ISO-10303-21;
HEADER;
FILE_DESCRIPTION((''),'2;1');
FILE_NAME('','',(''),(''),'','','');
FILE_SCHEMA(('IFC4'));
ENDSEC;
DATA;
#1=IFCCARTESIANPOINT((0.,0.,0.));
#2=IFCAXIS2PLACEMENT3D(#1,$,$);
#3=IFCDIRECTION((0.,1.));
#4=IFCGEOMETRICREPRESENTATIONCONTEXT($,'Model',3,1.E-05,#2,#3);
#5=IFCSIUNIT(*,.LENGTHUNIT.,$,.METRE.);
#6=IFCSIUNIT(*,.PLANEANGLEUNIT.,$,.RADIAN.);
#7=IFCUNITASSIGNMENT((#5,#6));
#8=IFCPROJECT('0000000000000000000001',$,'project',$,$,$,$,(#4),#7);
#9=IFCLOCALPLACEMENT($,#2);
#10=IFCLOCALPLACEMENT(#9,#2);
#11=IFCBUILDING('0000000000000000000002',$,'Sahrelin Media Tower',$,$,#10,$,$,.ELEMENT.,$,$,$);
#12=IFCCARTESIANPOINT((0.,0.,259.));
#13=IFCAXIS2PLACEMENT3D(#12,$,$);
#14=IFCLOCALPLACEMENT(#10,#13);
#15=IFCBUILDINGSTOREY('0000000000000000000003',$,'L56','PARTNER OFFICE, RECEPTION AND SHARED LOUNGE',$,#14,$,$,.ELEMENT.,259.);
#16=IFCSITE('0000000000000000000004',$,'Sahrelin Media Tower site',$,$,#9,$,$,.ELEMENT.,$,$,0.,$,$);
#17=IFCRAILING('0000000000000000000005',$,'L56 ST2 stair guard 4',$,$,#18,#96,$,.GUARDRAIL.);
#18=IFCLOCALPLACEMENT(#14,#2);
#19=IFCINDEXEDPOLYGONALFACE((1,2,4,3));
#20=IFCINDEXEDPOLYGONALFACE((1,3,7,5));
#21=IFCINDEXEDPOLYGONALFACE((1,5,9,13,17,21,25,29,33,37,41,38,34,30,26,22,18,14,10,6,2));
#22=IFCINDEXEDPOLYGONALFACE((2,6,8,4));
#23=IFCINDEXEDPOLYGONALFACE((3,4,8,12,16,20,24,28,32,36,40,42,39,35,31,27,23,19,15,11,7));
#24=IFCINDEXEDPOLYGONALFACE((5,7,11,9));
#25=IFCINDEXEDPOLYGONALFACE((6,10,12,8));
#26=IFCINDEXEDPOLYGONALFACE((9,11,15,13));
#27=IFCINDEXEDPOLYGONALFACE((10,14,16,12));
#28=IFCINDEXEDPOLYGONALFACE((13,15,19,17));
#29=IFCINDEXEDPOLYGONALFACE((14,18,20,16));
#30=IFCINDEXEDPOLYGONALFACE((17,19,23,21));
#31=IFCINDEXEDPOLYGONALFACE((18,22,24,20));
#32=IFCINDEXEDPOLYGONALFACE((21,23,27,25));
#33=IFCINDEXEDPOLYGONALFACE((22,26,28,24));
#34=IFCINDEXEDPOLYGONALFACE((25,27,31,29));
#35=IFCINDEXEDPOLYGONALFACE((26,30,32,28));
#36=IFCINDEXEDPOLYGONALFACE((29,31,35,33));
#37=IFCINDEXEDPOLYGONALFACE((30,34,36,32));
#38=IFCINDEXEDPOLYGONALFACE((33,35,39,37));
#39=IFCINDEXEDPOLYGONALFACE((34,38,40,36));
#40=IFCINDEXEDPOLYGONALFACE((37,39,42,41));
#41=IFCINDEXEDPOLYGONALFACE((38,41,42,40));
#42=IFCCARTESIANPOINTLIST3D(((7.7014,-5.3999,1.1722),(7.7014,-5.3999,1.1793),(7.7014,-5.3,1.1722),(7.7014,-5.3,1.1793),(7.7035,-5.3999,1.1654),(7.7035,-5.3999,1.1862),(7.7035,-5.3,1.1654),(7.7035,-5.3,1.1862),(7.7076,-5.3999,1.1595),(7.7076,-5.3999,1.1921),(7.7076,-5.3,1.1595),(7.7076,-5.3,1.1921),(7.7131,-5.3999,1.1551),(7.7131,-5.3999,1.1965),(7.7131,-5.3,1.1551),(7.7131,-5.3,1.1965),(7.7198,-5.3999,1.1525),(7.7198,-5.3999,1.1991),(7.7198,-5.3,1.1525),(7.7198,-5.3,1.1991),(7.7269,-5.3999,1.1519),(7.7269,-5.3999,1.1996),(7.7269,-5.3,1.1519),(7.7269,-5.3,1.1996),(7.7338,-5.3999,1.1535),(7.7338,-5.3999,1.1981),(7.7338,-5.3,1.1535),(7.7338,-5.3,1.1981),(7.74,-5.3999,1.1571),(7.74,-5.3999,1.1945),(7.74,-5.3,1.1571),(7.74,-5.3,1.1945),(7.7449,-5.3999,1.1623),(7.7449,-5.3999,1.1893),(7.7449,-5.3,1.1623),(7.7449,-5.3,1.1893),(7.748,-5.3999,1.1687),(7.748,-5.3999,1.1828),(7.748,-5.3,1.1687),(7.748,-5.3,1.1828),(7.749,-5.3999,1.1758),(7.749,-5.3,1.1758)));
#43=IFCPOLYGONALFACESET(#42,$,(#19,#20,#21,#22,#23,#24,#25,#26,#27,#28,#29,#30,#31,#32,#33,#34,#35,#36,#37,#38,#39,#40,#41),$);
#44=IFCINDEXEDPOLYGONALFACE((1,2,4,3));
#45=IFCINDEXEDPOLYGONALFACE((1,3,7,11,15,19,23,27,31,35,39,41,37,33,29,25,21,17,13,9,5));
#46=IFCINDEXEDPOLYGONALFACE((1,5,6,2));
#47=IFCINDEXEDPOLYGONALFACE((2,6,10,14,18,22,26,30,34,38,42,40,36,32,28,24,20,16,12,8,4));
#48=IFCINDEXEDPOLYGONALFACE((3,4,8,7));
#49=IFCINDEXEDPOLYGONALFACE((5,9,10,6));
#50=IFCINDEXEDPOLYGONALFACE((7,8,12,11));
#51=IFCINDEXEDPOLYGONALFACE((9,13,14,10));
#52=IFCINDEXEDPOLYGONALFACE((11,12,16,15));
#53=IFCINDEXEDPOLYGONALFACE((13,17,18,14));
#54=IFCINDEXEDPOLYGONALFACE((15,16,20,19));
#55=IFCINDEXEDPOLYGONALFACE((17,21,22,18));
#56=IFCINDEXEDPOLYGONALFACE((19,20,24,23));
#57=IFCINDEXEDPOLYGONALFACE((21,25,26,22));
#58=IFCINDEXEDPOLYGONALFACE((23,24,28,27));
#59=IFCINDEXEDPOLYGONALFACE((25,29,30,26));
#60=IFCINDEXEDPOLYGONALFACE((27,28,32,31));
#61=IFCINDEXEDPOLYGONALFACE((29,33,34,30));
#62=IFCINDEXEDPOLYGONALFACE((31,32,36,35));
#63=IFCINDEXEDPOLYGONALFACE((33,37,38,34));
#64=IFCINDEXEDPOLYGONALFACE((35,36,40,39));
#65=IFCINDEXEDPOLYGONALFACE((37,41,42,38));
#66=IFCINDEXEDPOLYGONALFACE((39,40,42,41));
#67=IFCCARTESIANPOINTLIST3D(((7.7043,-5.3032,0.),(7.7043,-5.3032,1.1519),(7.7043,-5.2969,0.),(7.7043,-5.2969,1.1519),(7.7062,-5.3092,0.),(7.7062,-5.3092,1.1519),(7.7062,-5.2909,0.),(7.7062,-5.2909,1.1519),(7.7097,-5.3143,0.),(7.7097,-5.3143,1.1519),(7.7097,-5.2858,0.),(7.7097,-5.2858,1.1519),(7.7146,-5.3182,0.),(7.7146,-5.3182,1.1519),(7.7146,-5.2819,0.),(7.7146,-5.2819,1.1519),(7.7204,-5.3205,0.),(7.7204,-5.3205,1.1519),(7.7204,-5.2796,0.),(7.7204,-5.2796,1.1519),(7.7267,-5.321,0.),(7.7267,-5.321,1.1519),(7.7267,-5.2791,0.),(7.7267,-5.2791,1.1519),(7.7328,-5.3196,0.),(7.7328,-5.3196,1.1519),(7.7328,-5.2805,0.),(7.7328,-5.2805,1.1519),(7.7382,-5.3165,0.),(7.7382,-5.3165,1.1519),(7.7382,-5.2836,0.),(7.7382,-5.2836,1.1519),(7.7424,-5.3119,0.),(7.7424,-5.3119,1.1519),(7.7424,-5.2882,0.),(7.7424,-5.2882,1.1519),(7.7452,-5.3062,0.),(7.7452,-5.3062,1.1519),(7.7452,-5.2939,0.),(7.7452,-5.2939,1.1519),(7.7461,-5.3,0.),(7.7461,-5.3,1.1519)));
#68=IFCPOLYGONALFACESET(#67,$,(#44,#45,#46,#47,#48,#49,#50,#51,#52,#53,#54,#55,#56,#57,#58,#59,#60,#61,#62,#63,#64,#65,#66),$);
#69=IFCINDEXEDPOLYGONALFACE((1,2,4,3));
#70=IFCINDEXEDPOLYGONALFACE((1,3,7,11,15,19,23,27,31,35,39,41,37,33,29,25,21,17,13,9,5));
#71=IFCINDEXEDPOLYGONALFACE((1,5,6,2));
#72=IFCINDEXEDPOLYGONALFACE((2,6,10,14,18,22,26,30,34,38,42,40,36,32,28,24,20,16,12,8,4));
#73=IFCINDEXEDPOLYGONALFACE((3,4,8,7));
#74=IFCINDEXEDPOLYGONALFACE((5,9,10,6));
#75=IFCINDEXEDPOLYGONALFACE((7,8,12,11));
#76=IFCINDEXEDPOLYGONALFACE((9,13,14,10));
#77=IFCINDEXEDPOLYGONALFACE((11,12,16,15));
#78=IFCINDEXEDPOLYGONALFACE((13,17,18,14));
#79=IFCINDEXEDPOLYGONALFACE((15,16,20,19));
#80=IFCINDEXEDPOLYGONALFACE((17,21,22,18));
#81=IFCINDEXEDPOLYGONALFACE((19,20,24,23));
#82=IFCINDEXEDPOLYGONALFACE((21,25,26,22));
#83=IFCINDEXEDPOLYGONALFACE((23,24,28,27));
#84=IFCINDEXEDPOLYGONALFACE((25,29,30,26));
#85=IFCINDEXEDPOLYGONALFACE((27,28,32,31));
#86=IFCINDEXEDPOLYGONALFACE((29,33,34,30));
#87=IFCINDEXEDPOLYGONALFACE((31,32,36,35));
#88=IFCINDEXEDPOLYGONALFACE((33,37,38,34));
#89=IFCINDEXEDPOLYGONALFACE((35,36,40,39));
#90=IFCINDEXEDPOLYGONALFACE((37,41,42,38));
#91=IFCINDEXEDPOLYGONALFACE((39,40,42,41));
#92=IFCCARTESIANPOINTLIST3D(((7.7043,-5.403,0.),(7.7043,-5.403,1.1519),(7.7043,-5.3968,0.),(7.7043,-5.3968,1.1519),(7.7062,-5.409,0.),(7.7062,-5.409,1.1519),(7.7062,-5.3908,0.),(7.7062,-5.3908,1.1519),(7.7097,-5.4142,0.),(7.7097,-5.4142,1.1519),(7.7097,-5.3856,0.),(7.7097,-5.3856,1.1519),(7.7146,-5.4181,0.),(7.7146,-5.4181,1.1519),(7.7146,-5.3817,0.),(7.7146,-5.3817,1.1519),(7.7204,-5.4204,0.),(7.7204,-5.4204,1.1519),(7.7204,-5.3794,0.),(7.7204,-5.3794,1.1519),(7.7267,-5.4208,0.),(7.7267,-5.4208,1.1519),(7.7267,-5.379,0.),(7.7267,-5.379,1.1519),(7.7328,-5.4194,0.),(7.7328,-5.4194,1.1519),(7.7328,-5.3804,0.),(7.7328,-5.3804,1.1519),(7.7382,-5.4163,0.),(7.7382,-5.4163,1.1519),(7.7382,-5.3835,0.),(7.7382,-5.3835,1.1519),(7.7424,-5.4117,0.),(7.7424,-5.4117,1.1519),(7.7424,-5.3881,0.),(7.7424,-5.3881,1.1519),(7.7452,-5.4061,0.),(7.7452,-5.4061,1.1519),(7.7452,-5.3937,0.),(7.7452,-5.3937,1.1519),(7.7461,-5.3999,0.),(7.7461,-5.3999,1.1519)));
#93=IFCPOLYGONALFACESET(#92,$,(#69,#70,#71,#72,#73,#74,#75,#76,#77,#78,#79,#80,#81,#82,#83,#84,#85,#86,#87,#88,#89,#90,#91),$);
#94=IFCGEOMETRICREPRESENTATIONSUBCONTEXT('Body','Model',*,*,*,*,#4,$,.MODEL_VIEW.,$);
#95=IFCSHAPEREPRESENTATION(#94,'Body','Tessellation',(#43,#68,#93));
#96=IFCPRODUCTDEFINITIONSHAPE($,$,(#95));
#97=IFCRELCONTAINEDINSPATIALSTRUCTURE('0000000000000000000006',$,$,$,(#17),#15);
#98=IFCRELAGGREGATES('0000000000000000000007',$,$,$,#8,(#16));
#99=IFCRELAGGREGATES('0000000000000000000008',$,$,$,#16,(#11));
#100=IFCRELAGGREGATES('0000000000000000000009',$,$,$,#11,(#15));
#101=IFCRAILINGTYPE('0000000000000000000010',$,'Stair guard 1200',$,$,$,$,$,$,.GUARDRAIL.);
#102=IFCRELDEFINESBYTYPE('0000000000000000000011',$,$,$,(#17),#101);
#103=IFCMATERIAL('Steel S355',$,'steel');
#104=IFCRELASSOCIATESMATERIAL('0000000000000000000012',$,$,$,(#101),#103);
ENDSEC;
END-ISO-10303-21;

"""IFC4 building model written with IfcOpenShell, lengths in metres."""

from ifc_helpers import new_model, si_unit, direction, frame, origin, origin_2d, place, context, subcontext, project, spatial, circle, extrude, material, type_object, element, save


model = new_model("IFC4")

# Units and contexts
model_context = context("Model", 3, precision=1e-05, world=origin(), true_north=direction((0.0, 1.0)))
body_context = subcontext(model_context, "Body", "Model", "MODEL_VIEW")
ifc_project = project(units=[si_unit("LENGTHUNIT", "METRE"), si_unit("PLANEANGLEUNIT", "RADIAN")], contexts=[model_context])

# Site, building, storey
site_placement = place(None, origin())
site = spatial("IfcSite", under=ifc_project, at=site_placement, Name="Sahrelin Media Tower site", CompositionType="ELEMENT", RefElevation=0.0)
building_placement = place(site_placement, origin())
building = spatial("IfcBuilding", under=site, at=building_placement, Name="Sahrelin Media Tower", CompositionType="ELEMENT")
storey_placement = place(building_placement, frame((0.0, 0.0, 259.0)))
storey = spatial("IfcBuildingStorey", under=building, at=storey_placement, Name="L56", Description="PARTNER OFFICE, RECEPTION AND SHARED LOUNGE", CompositionType="ELEMENT", Elevation=259.0)

# Shared definitions
ifc_material_1 = material(Name="Steel S355", Category="steel")

# Railing
railing_type_1 = type_object("IfcRailingType", Name="Stair guard 1200", PredefinedType="GUARDRAIL", material=ifc_material_1)
railing_1_placement = place(storey_placement, frame((7.7251, -5.3, 0.0)))
element("IfcRailing", 1, at=railing_1_placement, inside=storey, type_object=railing_type_1, Name="L56 ST2 stair guard 4", PredefinedType="GUARDRAIL", context=body_context, shape_type="SweptSolid", body=[
    extrude(circle(Radius=0.0239, at=origin_2d()), frame((0.0, 0.0, 1.1758), z_axis=(0.0, -1.0, 0.0), x_axis=(1.0, 0.0, 0.0)), (0.0, 0.0, 1.0), 0.0999),
    extrude(circle(Radius=0.021, at=origin_2d()), origin(), (0.0, 0.0, 1.0), 1.1519),
    extrude(circle(Radius=0.021, at=origin_2d()), frame((0.0, -0.0999, 0.0)), (0.0, 0.0, 1.0), 1.1519),
])

save(model, "model.ifc")
